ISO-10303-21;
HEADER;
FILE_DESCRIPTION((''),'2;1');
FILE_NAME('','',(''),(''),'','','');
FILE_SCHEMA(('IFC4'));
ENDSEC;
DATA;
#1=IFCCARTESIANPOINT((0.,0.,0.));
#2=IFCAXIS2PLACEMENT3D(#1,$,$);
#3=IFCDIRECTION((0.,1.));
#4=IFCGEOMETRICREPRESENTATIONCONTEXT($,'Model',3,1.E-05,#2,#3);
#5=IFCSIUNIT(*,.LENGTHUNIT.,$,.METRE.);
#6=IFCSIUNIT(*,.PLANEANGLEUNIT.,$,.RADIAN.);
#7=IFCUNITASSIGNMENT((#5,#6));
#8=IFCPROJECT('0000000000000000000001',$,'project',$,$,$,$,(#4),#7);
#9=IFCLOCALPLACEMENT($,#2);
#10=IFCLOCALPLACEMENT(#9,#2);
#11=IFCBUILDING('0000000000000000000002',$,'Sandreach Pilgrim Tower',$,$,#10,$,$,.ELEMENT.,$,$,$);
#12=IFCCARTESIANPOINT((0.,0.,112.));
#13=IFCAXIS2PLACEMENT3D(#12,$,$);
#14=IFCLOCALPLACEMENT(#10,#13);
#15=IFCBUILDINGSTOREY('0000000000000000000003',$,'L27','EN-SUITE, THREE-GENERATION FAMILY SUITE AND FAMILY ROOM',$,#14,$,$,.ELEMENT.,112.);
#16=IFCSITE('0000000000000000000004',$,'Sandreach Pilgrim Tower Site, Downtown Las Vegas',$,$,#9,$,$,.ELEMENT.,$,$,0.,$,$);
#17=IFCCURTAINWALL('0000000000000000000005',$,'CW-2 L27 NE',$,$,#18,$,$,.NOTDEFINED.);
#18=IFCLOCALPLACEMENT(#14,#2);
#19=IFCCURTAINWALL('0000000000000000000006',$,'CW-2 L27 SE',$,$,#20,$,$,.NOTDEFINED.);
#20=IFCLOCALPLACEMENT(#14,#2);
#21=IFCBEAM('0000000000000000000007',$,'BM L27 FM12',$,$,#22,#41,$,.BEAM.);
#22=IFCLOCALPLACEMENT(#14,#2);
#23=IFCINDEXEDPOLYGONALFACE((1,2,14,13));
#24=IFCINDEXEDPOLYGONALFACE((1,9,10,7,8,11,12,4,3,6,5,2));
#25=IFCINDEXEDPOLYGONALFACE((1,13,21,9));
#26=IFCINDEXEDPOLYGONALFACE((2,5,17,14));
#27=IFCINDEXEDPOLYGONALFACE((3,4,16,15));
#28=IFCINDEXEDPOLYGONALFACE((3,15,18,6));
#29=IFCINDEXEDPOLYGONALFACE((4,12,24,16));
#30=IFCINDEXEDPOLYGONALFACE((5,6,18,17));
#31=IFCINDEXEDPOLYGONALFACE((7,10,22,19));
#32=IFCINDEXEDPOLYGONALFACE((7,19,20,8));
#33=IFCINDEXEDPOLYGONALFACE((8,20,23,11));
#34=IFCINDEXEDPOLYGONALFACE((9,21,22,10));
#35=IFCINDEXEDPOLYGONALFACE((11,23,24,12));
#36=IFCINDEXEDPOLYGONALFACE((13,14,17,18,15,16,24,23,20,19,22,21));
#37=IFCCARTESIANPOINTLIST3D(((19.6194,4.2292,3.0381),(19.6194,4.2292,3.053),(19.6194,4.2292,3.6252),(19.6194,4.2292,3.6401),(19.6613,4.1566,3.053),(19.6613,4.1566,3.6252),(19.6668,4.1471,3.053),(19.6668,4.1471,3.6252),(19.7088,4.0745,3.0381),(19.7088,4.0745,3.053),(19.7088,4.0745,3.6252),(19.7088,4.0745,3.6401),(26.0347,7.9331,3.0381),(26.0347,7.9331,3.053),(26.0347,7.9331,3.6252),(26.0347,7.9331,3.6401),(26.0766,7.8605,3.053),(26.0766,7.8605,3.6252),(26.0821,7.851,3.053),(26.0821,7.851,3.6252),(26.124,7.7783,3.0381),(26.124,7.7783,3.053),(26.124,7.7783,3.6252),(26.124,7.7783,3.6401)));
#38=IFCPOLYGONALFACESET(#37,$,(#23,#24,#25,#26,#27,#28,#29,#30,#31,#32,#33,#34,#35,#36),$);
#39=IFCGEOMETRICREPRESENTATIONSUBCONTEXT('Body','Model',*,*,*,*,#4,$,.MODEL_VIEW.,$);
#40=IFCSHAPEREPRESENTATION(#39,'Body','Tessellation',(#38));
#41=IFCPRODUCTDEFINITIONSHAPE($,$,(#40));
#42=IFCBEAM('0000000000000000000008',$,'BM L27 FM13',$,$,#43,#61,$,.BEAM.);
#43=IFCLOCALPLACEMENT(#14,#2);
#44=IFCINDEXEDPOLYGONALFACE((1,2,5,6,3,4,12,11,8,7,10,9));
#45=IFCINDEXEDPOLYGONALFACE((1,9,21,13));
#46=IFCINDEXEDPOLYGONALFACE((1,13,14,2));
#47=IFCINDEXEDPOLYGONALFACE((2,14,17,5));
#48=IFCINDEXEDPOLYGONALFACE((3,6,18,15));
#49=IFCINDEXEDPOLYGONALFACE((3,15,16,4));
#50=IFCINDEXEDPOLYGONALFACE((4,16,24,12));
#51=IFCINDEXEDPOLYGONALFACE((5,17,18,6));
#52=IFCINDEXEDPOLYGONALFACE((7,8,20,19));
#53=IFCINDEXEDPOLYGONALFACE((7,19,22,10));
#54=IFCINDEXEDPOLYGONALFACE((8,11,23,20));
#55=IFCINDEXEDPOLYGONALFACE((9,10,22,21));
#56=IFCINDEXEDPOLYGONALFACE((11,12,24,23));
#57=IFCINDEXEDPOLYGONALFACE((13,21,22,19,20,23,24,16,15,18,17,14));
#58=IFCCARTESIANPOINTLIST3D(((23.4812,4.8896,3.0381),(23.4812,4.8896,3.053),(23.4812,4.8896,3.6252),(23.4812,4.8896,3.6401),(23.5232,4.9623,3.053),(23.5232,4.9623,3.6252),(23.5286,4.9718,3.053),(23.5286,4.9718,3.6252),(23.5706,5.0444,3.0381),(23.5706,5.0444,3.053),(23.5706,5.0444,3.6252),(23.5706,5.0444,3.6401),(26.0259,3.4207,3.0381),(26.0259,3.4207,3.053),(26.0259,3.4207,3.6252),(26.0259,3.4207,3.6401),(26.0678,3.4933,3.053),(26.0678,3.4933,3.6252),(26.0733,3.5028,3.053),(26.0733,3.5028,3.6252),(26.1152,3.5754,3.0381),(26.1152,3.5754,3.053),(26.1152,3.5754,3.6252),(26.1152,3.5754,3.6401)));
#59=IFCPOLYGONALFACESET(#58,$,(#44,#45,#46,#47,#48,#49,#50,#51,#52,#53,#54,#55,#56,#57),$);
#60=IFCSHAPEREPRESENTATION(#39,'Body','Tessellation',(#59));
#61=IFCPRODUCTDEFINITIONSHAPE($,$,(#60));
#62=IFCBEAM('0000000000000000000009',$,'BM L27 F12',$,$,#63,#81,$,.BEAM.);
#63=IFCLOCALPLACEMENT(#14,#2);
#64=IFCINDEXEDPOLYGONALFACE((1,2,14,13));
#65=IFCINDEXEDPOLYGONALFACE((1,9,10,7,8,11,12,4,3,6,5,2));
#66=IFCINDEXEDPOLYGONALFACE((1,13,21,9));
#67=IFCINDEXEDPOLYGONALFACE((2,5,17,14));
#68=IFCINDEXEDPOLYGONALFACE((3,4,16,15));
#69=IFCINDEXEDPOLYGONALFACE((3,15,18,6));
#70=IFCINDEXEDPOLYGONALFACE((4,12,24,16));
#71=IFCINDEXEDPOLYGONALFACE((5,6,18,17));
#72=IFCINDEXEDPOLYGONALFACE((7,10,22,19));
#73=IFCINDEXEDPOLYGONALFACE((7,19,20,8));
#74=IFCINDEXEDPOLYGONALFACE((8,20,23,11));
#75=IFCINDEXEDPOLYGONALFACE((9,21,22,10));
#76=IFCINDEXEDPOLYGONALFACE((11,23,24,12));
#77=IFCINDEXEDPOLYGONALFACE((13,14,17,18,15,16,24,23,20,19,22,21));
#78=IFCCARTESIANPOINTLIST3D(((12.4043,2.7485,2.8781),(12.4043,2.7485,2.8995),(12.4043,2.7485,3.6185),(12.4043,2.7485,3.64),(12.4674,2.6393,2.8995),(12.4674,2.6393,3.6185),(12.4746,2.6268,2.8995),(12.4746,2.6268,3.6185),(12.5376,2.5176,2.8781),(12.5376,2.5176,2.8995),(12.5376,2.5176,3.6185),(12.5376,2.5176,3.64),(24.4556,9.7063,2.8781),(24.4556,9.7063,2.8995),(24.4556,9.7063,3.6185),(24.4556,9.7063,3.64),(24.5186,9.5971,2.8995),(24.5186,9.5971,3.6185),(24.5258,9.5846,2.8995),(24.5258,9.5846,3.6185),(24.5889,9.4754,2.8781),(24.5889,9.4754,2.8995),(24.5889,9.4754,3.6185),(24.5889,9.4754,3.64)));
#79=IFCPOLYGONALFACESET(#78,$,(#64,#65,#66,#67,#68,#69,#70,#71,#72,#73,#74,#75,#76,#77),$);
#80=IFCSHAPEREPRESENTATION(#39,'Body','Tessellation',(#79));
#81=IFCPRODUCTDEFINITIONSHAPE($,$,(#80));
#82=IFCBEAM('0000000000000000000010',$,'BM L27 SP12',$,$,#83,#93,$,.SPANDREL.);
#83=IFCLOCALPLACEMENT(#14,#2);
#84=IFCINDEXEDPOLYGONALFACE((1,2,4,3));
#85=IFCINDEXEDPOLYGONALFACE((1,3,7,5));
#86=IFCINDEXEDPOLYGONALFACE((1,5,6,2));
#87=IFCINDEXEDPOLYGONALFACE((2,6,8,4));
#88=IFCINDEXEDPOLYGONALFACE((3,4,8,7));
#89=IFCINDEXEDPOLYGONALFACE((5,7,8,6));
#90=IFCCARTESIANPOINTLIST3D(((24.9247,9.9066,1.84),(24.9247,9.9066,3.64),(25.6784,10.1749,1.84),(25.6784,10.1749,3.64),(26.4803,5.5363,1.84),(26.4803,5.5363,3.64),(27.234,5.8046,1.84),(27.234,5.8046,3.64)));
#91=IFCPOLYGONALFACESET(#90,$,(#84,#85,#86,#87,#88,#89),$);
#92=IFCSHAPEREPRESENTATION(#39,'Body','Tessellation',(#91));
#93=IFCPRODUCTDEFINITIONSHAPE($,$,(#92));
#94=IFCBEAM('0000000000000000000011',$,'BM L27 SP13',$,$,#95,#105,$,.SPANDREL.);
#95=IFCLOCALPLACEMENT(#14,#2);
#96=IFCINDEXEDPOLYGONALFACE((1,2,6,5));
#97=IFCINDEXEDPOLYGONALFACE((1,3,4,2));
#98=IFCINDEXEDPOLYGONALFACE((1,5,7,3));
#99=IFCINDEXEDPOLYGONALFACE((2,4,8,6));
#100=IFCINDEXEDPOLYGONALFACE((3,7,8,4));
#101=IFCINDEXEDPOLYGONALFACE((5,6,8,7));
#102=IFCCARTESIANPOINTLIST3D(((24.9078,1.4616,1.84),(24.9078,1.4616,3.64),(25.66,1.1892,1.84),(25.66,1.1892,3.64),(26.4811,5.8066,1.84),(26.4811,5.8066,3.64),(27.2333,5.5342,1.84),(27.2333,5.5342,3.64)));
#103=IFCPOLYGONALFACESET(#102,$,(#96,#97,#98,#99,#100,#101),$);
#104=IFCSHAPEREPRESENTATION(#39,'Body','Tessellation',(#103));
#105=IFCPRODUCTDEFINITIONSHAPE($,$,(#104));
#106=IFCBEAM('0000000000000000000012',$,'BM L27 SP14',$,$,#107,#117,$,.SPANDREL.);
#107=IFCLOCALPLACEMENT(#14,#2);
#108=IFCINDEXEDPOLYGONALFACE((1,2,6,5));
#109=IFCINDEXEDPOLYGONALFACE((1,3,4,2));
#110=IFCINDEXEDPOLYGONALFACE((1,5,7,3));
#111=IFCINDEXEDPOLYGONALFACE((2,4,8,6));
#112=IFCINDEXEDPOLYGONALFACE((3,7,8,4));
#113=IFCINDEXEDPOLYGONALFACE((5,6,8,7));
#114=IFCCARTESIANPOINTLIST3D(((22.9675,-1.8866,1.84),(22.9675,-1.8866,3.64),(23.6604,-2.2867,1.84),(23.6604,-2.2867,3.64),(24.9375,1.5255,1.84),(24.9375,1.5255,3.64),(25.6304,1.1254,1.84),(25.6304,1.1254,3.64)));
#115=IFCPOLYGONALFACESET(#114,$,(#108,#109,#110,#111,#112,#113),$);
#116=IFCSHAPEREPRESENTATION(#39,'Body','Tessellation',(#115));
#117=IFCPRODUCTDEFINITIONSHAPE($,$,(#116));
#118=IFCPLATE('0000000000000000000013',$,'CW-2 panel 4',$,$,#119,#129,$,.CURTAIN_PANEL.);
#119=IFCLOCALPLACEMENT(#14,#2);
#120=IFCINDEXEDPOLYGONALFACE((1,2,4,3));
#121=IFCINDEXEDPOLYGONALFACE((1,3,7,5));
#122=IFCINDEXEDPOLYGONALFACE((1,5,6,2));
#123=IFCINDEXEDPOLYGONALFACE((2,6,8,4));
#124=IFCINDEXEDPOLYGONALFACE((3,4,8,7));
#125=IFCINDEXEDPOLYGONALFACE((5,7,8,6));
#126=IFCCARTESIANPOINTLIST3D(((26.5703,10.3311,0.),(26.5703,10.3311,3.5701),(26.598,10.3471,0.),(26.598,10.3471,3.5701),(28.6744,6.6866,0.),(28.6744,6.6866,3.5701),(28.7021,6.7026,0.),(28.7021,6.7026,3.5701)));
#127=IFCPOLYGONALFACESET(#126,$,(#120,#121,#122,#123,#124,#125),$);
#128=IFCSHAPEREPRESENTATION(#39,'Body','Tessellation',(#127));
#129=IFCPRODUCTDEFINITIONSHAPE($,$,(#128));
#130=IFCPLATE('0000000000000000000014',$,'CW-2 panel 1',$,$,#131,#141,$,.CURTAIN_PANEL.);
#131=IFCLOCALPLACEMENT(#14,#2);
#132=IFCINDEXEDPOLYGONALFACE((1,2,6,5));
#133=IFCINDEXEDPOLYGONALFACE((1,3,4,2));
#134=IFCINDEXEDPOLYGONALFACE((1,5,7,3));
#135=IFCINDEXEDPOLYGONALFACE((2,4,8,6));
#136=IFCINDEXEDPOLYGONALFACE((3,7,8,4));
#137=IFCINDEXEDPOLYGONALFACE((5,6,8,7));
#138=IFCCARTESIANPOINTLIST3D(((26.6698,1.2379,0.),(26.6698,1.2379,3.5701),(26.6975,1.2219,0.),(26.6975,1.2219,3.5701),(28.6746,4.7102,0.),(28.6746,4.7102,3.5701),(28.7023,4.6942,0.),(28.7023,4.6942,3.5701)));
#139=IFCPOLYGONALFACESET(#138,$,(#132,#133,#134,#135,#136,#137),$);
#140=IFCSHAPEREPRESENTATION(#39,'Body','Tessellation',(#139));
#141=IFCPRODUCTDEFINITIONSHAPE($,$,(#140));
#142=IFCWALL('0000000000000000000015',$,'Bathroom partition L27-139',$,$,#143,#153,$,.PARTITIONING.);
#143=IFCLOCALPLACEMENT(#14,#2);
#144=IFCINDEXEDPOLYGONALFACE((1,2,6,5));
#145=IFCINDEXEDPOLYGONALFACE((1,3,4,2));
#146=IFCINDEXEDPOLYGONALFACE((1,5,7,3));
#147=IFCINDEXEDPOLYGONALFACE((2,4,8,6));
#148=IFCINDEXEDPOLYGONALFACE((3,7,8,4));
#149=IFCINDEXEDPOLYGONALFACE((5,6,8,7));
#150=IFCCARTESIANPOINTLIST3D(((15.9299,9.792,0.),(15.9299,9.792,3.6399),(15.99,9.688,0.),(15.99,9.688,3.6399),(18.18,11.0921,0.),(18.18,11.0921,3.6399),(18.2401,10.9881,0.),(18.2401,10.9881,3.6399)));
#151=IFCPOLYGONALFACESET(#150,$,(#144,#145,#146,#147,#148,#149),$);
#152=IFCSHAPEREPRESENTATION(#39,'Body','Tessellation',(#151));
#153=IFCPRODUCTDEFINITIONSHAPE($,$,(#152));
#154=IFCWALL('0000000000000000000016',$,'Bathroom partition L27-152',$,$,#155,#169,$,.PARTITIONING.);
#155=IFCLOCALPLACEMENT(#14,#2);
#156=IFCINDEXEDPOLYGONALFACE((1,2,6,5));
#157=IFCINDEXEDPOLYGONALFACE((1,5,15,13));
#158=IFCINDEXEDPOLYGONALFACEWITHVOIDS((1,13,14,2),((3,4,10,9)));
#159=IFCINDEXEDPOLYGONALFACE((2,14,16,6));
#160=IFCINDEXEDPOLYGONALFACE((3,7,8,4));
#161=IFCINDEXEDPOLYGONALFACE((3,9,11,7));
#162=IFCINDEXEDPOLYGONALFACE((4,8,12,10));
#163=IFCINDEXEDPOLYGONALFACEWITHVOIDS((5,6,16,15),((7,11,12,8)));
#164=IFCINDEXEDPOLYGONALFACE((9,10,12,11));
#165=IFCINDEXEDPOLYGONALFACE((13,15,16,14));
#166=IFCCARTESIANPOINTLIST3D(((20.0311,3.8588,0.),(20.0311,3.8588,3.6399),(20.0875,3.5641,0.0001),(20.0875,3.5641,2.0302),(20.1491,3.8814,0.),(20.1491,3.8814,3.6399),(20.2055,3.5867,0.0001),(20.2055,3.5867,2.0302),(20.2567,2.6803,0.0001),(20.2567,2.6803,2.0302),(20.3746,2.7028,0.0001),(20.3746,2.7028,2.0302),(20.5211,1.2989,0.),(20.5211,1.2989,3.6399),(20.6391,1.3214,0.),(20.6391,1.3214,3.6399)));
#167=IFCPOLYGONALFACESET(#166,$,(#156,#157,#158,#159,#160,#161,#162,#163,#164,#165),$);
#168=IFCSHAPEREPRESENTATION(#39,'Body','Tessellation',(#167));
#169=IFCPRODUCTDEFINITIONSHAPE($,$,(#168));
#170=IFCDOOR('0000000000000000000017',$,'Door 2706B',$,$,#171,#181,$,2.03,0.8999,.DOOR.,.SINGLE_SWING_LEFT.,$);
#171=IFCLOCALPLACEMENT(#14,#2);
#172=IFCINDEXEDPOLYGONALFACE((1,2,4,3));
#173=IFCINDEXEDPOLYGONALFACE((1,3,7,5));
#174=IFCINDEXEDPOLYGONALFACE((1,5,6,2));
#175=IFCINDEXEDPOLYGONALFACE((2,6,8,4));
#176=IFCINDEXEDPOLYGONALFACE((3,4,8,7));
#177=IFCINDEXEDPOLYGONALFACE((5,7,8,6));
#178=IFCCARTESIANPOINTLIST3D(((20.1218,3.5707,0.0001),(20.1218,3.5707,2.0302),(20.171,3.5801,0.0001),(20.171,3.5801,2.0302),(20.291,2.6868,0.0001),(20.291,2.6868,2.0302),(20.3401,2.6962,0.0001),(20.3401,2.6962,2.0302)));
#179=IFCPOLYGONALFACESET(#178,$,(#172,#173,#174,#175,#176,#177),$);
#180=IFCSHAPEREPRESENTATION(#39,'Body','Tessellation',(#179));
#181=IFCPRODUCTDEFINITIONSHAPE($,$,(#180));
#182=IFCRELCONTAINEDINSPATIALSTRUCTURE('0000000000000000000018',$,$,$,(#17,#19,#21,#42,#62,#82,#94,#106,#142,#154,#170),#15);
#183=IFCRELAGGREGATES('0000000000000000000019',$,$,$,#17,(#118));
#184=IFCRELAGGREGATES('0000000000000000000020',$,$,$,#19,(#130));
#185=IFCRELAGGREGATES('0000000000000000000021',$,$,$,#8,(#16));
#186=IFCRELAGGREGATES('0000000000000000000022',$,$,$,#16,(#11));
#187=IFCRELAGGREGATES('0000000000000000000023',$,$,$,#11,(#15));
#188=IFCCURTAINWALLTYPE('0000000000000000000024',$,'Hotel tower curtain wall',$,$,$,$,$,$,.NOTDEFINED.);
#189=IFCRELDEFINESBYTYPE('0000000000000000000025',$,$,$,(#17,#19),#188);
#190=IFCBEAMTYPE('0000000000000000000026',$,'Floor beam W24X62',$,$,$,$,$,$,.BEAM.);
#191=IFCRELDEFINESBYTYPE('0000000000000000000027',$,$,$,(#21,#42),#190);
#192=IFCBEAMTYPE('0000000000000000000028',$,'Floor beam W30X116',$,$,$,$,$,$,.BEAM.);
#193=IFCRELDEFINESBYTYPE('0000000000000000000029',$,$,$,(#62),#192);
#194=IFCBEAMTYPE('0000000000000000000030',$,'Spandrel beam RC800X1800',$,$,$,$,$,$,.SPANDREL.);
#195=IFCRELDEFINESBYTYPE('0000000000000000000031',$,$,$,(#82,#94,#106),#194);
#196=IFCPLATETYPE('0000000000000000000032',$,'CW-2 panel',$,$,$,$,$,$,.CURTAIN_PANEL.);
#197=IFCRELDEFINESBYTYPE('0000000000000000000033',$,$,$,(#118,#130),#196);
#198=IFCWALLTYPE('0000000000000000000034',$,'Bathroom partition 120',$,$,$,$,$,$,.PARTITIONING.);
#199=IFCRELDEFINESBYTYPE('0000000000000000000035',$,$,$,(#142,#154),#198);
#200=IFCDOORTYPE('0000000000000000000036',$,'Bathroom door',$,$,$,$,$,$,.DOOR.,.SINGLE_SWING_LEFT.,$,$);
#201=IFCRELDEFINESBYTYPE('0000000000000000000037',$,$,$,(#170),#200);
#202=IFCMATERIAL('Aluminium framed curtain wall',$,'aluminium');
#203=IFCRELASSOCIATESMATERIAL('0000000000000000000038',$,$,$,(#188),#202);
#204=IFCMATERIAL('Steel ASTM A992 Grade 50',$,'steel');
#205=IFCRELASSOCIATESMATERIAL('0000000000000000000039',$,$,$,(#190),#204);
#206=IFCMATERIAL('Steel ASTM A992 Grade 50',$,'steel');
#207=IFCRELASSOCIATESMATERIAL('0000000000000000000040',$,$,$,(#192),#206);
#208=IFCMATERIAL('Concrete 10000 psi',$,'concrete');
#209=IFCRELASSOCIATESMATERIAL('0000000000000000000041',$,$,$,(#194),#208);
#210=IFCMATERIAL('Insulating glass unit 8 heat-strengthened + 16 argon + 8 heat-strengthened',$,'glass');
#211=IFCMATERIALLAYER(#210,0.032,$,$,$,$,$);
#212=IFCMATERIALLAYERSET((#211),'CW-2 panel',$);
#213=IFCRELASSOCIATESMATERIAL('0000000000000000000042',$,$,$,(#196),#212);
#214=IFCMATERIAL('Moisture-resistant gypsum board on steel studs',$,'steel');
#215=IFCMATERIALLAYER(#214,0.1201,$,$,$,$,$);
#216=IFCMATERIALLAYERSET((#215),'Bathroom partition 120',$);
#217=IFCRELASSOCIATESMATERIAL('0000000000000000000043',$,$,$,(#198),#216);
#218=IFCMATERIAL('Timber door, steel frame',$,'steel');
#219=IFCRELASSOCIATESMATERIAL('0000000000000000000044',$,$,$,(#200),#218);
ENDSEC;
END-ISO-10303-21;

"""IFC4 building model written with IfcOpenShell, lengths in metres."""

from ifc_helpers import new_model, si_unit, direction, frame, frame_2d, origin, origin_2d, place, context, subcontext, project, spatial, rectangle, i_section, extrude, material, layer, layer_set, material_profile, profile_set, type_object, element, fill, aggregate, save


model = new_model("IFC4")

# Units and contexts
model_context = context("Model", 3, precision=1e-05, world=origin(), true_north=direction((0.0, 1.0)))
body_context = subcontext(model_context, "Body", "Model", "MODEL_VIEW")
ifc_project = project(units=[si_unit("LENGTHUNIT", "METRE"), si_unit("PLANEANGLEUNIT", "RADIAN")], contexts=[model_context])

# Site, building, storey
site_placement = place(None, origin())
site = spatial("IfcSite", under=ifc_project, at=site_placement, Name="Sandreach Pilgrim Tower Site, Downtown Las Vegas", CompositionType="ELEMENT", RefElevation=0.0)
building_placement = place(site_placement, origin())
building = spatial("IfcBuilding", under=site, at=building_placement, Name="Sandreach Pilgrim Tower", CompositionType="ELEMENT")
storey_placement = place(building_placement, frame((0.0, 0.0, 112.0)))
storey = spatial("IfcBuildingStorey", under=building, at=storey_placement, Name="L27", Description="EN-SUITE, THREE-GENERATION FAMILY SUITE AND FAMILY ROOM", CompositionType="ELEMENT", Elevation=112.0)

# Curtain walls
ifc_material_1 = material(Name="Aluminium framed curtain wall", Category="aluminium")
curtain_wall_type = type_object("IfcCurtainWallType", Name="Hotel tower curtain wall", PredefinedType="NOTDEFINED", material=ifc_material_1)
curtain_wall_1_placement = place(storey_placement, origin())
curtain_wall_1 = element("IfcCurtainWall", 1, at=curtain_wall_1_placement, inside=storey, type_object=curtain_wall_type, Name="CW-2 L27 NE", PredefinedType="NOTDEFINED")
curtain_wall_2_placement = place(storey_placement, origin())
curtain_wall_2 = element("IfcCurtainWall", 2, at=curtain_wall_2_placement, inside=storey, type_object=curtain_wall_type, Name="CW-2 L27 SE", PredefinedType="NOTDEFINED")

# Beams
ifc_material_2 = material(Name="Steel ASTM A992 Grade 50", Category="steel")
ifc_material_profile_1 = material_profile(ifc_material_2, i_section(OverallWidth=0.1787, OverallDepth=0.6021, WebThickness=0.011, FlangeThickness=0.0149, at=origin_2d()), Name="W24X62")
ifc_profile_set_1 = profile_set([ifc_material_profile_1], Name="Steel ASTM A992 Grade 50")
beam_type_1 = type_object("IfcBeamType", Name="Floor beam W24X62", PredefinedType="BEAM", material=ifc_profile_set_1)
beam_1_placement = place(storey_placement, frame((26.0793, 7.8557, 3.3391), z_axis=(-0.866026, -0.499999, 0.0), x_axis=(0.499999, -0.866026, 0.0)))
element("IfcBeam", 3, at=beam_1_placement, inside=storey, type_object=beam_type_1, Name="BM L27 FM12", PredefinedType="BEAM", context=body_context, shape_type="SweptSolid", body=[
    extrude(i_section(OverallWidth=0.1787, OverallDepth=0.6021, WebThickness=0.011, FlangeThickness=0.0149, at=origin_2d()), origin(), (0.0, 0.0, 1.0), 7.4077),
])
beam_2_placement = place(storey_placement, frame((26.0706, 3.498, 3.3391), z_axis=(-0.866051, 0.499955, 0.0), x_axis=(-0.499955, -0.866051, 0.0)))
element("IfcBeam", 4, at=beam_2_placement, inside=storey, type_object=beam_type_1, Name="BM L27 FM13", PredefinedType="BEAM", context=body_context, shape_type="SweptSolid", body=[
    extrude(i_section(OverallWidth=0.1787, OverallDepth=0.6021, WebThickness=0.011, FlangeThickness=0.0149, at=origin_2d()), origin(), (0.0, 0.0, 1.0), 2.9382),
])
ifc_material_3 = material(Name="Steel ASTM A992 Grade 50", Category="steel")
ifc_material_profile_2 = material_profile(ifc_material_3, i_section(OverallWidth=0.2666, OverallDepth=0.762, WebThickness=0.0144, FlangeThickness=0.0215, at=origin_2d()), Name="W30X116")
ifc_profile_set_2 = profile_set([ifc_material_profile_2], Name="Steel ASTM A992 Grade 50")
beam_type_2 = type_object("IfcBeamType", Name="Floor beam W30X116", PredefinedType="BEAM", material=ifc_profile_set_2)
beam_3_placement = place(storey_placement, frame((24.5222, 9.5908, 3.259), z_axis=(-0.866027, -0.499998, 0.0), x_axis=(0.499998, -0.866027, 0.0)))
element("IfcBeam", 5, at=beam_3_placement, inside=storey, type_object=beam_type_2, Name="BM L27 F12", PredefinedType="BEAM", context=body_context, shape_type="SweptSolid", body=[
    extrude(i_section(OverallWidth=0.2666, OverallDepth=0.762, WebThickness=0.0144, FlangeThickness=0.0215, at=origin_2d()), origin(), (0.0, 0.0, 1.0), 13.9155),
])
ifc_material_4 = material(Name="Concrete 10000 psi", Category="concrete")
ifc_material_profile_3 = material_profile(ifc_material_4, rectangle(XDim=0.8, YDim=1.8, at=origin_2d()), Name="RC800X1800")
ifc_profile_set_3 = profile_set([ifc_material_profile_3], Name="Concrete 10000 psi")
beam_type_3 = type_object("IfcBeamType", Name="Spandrel beam RC800X1800", PredefinedType="SPANDREL", material=ifc_profile_set_3)
beam_4_placement = place(storey_placement, frame((25.3015, 10.0408, 2.74), z_axis=(0.335346, -0.942095, 0.0), x_axis=(0.942095, 0.335346, 0.0)))
element("IfcBeam", 6, at=beam_4_placement, inside=storey, type_object=beam_type_3, Name="BM L27 SP12", PredefinedType="SPANDREL", context=body_context, shape_type="SweptSolid", body=[
    extrude(rectangle(XDim=0.8, YDim=1.8, at=origin_2d()), origin(), (0.0, 0.0, 1.0), 4.6389),
])
beam_5_placement = place(storey_placement, frame((26.8572, 5.6704, 2.74), z_axis=(-0.340453, -0.940261, 0.0), x_axis=(0.940261, -0.340453, 0.0)))
element("IfcBeam", 7, at=beam_5_placement, inside=storey, type_object=beam_type_3, Name="BM L27 SP13", PredefinedType="SPANDREL", context=body_context, shape_type="SweptSolid", body=[
    extrude(rectangle(XDim=0.8, YDim=1.8, at=origin_2d()), origin(), (0.0, 0.0, 1.0), 4.6211),
])
beam_6_placement = place(storey_placement, frame((25.2839, 1.3254, 2.74), z_axis=(-0.499998, -0.866027, 0.0), x_axis=(0.866027, -0.499998, 0.0)))
element("IfcBeam", 8, at=beam_6_placement, inside=storey, type_object=beam_type_3, Name="BM L27 SP14", PredefinedType="SPANDREL", context=body_context, shape_type="SweptSolid", body=[
    extrude(rectangle(XDim=0.8, YDim=1.8, at=origin_2d()), origin(), (0.0, 0.0, 1.0), 3.9399),
])

# Plates
ifc_material_5 = material(Name="Insulating glass unit 8 heat-strengthened + 16 argon + 8 heat-strengthened", Category="glass")
ifc_layer_1 = layer(ifc_material_5, 0.032)
ifc_layer_set_1 = layer_set([ifc_layer_1], Name="CW-2 panel")
plate_type = type_object("IfcPlateType", Name="CW-2 panel", PredefinedType="CURTAIN_PANEL", material=ifc_layer_set_1)
plate_1_placement = place(storey_placement, frame((27.6362, 8.5168, 0.0), z_axis=(0.0, 0.0, 1.0), x_axis=(0.5, -0.866025, 0.0)))
plate_1 = element("IfcPlate", 9, at=plate_1_placement, type_object=plate_type, Name="CW-2 panel 4", PredefinedType="CURTAIN_PANEL", context=body_context, shape_type="SweptSolid", body=[
    extrude(rectangle(XDim=4.2083, YDim=0.032, at=origin_2d()), origin(), (0.0, 0.0, 1.0), 3.5701),
])
aggregate(curtain_wall_1, [plate_1])
plate_2_placement = place(storey_placement, frame((27.686, 2.9661, 0.0), z_axis=(0.0, 0.0, 1.0), x_axis=(-0.5, -0.866025, 0.0)))
plate_2 = element("IfcPlate", 10, at=plate_2_placement, type_object=plate_type, Name="CW-2 panel 1", PredefinedType="CURTAIN_PANEL", context=body_context, shape_type="SweptSolid", body=[
    extrude(rectangle(XDim=4.0095, YDim=0.032, at=origin_2d()), origin(), (0.0, 0.0, 1.0), 3.5701),
])
aggregate(curtain_wall_2, [plate_2])

# Wall
ifc_material_6 = material(Name="Moisture-resistant gypsum board on steel studs", Category="steel")
ifc_layer_2 = layer(ifc_material_6, 0.1201)
ifc_layer_set_2 = layer_set([ifc_layer_2], Name="Bathroom partition 120")
wall_type_1 = type_object("IfcWallType", Name="Bathroom partition 120", PredefinedType="PARTITIONING", material=ifc_layer_set_2)
wall_1_placement = place(storey_placement, frame((15.96, 9.74, 0.0), z_axis=(0.0, 0.0, 1.0), x_axis=(0.865857, 0.500292, 0.0)))
element("IfcWall", 11, at=wall_1_placement, inside=storey, type_object=wall_type_1, Name="Bathroom partition L27-139", PredefinedType="PARTITIONING", context=body_context, shape_type="SweptSolid", body=[
    extrude(rectangle(XDim=2.5986, YDim=0.1201, at=frame_2d((1.2993, 0.0))), origin(), (0.0, 0.0, 1.0), 3.6399),
])

# Wall, opening, door
wall_2_placement = place(storey_placement, frame((20.0901, 3.8701, 0.0), z_axis=(0.0, 0.0, 1.0), x_axis=(0.187986, -0.982172, 0.0)))
wall_2 = element("IfcWall", 12, at=wall_2_placement, inside=storey, type_object=wall_type_1, Name="Bathroom partition L27-152", PredefinedType="PARTITIONING", context=body_context, shape_type="SweptSolid", body=[
    extrude(rectangle(XDim=2.6064, YDim=0.1201, at=frame_2d((1.3032, 0.0))), origin(), (0.0, 0.0, 1.0), 3.6399),
])
opening_1_placement = place(wall_2_placement, frame((0.3, 0.0, 0.0)))
opening_1 = element("IfcOpeningElement", 13, at=opening_1_placement, cuts=wall_2, PredefinedType="OPENING", context=body_context, shape_type="SweptSolid", body=[
    extrude(rectangle(XDim=0.8999, YDim=2.03, at=frame_2d((0.45, 1.0151))), frame((0.0, 0.0601, 0.0), z_axis=(0.0, -1.0, 0.0), x_axis=(1.0, 0.0, 0.0)), (0.0, 0.0, 1.0), 0.1201),
])
ifc_material_7 = material(Name="Timber door, steel frame", Category="steel")
door_type_1 = type_object("IfcDoorType", Name="Bathroom door", OperationType="SINGLE_SWING_LEFT", PredefinedType="DOOR", material=ifc_material_7)
door_1_placement = place(opening_1_placement, origin())
door_1 = element("IfcDoor", 14, at=door_1_placement, inside=storey, type_object=door_type_1, Name="Door 2706B", OperationType="SINGLE_SWING_LEFT", OverallHeight=2.03, OverallWidth=0.8999, PredefinedType="DOOR", context=body_context, shape_type="SweptSolid", body=[
    extrude(rectangle(XDim=0.8999, YDim=2.03, at=frame_2d((0.45, 1.0151))), frame((0.0, 0.0249, 0.0), z_axis=(0.0, -1.0, 0.0), x_axis=(1.0, 0.0, 0.0)), (0.0, 0.0, 1.0), 0.05),
])
fill(opening_1, door_1)

save(model, "model.ifc")
